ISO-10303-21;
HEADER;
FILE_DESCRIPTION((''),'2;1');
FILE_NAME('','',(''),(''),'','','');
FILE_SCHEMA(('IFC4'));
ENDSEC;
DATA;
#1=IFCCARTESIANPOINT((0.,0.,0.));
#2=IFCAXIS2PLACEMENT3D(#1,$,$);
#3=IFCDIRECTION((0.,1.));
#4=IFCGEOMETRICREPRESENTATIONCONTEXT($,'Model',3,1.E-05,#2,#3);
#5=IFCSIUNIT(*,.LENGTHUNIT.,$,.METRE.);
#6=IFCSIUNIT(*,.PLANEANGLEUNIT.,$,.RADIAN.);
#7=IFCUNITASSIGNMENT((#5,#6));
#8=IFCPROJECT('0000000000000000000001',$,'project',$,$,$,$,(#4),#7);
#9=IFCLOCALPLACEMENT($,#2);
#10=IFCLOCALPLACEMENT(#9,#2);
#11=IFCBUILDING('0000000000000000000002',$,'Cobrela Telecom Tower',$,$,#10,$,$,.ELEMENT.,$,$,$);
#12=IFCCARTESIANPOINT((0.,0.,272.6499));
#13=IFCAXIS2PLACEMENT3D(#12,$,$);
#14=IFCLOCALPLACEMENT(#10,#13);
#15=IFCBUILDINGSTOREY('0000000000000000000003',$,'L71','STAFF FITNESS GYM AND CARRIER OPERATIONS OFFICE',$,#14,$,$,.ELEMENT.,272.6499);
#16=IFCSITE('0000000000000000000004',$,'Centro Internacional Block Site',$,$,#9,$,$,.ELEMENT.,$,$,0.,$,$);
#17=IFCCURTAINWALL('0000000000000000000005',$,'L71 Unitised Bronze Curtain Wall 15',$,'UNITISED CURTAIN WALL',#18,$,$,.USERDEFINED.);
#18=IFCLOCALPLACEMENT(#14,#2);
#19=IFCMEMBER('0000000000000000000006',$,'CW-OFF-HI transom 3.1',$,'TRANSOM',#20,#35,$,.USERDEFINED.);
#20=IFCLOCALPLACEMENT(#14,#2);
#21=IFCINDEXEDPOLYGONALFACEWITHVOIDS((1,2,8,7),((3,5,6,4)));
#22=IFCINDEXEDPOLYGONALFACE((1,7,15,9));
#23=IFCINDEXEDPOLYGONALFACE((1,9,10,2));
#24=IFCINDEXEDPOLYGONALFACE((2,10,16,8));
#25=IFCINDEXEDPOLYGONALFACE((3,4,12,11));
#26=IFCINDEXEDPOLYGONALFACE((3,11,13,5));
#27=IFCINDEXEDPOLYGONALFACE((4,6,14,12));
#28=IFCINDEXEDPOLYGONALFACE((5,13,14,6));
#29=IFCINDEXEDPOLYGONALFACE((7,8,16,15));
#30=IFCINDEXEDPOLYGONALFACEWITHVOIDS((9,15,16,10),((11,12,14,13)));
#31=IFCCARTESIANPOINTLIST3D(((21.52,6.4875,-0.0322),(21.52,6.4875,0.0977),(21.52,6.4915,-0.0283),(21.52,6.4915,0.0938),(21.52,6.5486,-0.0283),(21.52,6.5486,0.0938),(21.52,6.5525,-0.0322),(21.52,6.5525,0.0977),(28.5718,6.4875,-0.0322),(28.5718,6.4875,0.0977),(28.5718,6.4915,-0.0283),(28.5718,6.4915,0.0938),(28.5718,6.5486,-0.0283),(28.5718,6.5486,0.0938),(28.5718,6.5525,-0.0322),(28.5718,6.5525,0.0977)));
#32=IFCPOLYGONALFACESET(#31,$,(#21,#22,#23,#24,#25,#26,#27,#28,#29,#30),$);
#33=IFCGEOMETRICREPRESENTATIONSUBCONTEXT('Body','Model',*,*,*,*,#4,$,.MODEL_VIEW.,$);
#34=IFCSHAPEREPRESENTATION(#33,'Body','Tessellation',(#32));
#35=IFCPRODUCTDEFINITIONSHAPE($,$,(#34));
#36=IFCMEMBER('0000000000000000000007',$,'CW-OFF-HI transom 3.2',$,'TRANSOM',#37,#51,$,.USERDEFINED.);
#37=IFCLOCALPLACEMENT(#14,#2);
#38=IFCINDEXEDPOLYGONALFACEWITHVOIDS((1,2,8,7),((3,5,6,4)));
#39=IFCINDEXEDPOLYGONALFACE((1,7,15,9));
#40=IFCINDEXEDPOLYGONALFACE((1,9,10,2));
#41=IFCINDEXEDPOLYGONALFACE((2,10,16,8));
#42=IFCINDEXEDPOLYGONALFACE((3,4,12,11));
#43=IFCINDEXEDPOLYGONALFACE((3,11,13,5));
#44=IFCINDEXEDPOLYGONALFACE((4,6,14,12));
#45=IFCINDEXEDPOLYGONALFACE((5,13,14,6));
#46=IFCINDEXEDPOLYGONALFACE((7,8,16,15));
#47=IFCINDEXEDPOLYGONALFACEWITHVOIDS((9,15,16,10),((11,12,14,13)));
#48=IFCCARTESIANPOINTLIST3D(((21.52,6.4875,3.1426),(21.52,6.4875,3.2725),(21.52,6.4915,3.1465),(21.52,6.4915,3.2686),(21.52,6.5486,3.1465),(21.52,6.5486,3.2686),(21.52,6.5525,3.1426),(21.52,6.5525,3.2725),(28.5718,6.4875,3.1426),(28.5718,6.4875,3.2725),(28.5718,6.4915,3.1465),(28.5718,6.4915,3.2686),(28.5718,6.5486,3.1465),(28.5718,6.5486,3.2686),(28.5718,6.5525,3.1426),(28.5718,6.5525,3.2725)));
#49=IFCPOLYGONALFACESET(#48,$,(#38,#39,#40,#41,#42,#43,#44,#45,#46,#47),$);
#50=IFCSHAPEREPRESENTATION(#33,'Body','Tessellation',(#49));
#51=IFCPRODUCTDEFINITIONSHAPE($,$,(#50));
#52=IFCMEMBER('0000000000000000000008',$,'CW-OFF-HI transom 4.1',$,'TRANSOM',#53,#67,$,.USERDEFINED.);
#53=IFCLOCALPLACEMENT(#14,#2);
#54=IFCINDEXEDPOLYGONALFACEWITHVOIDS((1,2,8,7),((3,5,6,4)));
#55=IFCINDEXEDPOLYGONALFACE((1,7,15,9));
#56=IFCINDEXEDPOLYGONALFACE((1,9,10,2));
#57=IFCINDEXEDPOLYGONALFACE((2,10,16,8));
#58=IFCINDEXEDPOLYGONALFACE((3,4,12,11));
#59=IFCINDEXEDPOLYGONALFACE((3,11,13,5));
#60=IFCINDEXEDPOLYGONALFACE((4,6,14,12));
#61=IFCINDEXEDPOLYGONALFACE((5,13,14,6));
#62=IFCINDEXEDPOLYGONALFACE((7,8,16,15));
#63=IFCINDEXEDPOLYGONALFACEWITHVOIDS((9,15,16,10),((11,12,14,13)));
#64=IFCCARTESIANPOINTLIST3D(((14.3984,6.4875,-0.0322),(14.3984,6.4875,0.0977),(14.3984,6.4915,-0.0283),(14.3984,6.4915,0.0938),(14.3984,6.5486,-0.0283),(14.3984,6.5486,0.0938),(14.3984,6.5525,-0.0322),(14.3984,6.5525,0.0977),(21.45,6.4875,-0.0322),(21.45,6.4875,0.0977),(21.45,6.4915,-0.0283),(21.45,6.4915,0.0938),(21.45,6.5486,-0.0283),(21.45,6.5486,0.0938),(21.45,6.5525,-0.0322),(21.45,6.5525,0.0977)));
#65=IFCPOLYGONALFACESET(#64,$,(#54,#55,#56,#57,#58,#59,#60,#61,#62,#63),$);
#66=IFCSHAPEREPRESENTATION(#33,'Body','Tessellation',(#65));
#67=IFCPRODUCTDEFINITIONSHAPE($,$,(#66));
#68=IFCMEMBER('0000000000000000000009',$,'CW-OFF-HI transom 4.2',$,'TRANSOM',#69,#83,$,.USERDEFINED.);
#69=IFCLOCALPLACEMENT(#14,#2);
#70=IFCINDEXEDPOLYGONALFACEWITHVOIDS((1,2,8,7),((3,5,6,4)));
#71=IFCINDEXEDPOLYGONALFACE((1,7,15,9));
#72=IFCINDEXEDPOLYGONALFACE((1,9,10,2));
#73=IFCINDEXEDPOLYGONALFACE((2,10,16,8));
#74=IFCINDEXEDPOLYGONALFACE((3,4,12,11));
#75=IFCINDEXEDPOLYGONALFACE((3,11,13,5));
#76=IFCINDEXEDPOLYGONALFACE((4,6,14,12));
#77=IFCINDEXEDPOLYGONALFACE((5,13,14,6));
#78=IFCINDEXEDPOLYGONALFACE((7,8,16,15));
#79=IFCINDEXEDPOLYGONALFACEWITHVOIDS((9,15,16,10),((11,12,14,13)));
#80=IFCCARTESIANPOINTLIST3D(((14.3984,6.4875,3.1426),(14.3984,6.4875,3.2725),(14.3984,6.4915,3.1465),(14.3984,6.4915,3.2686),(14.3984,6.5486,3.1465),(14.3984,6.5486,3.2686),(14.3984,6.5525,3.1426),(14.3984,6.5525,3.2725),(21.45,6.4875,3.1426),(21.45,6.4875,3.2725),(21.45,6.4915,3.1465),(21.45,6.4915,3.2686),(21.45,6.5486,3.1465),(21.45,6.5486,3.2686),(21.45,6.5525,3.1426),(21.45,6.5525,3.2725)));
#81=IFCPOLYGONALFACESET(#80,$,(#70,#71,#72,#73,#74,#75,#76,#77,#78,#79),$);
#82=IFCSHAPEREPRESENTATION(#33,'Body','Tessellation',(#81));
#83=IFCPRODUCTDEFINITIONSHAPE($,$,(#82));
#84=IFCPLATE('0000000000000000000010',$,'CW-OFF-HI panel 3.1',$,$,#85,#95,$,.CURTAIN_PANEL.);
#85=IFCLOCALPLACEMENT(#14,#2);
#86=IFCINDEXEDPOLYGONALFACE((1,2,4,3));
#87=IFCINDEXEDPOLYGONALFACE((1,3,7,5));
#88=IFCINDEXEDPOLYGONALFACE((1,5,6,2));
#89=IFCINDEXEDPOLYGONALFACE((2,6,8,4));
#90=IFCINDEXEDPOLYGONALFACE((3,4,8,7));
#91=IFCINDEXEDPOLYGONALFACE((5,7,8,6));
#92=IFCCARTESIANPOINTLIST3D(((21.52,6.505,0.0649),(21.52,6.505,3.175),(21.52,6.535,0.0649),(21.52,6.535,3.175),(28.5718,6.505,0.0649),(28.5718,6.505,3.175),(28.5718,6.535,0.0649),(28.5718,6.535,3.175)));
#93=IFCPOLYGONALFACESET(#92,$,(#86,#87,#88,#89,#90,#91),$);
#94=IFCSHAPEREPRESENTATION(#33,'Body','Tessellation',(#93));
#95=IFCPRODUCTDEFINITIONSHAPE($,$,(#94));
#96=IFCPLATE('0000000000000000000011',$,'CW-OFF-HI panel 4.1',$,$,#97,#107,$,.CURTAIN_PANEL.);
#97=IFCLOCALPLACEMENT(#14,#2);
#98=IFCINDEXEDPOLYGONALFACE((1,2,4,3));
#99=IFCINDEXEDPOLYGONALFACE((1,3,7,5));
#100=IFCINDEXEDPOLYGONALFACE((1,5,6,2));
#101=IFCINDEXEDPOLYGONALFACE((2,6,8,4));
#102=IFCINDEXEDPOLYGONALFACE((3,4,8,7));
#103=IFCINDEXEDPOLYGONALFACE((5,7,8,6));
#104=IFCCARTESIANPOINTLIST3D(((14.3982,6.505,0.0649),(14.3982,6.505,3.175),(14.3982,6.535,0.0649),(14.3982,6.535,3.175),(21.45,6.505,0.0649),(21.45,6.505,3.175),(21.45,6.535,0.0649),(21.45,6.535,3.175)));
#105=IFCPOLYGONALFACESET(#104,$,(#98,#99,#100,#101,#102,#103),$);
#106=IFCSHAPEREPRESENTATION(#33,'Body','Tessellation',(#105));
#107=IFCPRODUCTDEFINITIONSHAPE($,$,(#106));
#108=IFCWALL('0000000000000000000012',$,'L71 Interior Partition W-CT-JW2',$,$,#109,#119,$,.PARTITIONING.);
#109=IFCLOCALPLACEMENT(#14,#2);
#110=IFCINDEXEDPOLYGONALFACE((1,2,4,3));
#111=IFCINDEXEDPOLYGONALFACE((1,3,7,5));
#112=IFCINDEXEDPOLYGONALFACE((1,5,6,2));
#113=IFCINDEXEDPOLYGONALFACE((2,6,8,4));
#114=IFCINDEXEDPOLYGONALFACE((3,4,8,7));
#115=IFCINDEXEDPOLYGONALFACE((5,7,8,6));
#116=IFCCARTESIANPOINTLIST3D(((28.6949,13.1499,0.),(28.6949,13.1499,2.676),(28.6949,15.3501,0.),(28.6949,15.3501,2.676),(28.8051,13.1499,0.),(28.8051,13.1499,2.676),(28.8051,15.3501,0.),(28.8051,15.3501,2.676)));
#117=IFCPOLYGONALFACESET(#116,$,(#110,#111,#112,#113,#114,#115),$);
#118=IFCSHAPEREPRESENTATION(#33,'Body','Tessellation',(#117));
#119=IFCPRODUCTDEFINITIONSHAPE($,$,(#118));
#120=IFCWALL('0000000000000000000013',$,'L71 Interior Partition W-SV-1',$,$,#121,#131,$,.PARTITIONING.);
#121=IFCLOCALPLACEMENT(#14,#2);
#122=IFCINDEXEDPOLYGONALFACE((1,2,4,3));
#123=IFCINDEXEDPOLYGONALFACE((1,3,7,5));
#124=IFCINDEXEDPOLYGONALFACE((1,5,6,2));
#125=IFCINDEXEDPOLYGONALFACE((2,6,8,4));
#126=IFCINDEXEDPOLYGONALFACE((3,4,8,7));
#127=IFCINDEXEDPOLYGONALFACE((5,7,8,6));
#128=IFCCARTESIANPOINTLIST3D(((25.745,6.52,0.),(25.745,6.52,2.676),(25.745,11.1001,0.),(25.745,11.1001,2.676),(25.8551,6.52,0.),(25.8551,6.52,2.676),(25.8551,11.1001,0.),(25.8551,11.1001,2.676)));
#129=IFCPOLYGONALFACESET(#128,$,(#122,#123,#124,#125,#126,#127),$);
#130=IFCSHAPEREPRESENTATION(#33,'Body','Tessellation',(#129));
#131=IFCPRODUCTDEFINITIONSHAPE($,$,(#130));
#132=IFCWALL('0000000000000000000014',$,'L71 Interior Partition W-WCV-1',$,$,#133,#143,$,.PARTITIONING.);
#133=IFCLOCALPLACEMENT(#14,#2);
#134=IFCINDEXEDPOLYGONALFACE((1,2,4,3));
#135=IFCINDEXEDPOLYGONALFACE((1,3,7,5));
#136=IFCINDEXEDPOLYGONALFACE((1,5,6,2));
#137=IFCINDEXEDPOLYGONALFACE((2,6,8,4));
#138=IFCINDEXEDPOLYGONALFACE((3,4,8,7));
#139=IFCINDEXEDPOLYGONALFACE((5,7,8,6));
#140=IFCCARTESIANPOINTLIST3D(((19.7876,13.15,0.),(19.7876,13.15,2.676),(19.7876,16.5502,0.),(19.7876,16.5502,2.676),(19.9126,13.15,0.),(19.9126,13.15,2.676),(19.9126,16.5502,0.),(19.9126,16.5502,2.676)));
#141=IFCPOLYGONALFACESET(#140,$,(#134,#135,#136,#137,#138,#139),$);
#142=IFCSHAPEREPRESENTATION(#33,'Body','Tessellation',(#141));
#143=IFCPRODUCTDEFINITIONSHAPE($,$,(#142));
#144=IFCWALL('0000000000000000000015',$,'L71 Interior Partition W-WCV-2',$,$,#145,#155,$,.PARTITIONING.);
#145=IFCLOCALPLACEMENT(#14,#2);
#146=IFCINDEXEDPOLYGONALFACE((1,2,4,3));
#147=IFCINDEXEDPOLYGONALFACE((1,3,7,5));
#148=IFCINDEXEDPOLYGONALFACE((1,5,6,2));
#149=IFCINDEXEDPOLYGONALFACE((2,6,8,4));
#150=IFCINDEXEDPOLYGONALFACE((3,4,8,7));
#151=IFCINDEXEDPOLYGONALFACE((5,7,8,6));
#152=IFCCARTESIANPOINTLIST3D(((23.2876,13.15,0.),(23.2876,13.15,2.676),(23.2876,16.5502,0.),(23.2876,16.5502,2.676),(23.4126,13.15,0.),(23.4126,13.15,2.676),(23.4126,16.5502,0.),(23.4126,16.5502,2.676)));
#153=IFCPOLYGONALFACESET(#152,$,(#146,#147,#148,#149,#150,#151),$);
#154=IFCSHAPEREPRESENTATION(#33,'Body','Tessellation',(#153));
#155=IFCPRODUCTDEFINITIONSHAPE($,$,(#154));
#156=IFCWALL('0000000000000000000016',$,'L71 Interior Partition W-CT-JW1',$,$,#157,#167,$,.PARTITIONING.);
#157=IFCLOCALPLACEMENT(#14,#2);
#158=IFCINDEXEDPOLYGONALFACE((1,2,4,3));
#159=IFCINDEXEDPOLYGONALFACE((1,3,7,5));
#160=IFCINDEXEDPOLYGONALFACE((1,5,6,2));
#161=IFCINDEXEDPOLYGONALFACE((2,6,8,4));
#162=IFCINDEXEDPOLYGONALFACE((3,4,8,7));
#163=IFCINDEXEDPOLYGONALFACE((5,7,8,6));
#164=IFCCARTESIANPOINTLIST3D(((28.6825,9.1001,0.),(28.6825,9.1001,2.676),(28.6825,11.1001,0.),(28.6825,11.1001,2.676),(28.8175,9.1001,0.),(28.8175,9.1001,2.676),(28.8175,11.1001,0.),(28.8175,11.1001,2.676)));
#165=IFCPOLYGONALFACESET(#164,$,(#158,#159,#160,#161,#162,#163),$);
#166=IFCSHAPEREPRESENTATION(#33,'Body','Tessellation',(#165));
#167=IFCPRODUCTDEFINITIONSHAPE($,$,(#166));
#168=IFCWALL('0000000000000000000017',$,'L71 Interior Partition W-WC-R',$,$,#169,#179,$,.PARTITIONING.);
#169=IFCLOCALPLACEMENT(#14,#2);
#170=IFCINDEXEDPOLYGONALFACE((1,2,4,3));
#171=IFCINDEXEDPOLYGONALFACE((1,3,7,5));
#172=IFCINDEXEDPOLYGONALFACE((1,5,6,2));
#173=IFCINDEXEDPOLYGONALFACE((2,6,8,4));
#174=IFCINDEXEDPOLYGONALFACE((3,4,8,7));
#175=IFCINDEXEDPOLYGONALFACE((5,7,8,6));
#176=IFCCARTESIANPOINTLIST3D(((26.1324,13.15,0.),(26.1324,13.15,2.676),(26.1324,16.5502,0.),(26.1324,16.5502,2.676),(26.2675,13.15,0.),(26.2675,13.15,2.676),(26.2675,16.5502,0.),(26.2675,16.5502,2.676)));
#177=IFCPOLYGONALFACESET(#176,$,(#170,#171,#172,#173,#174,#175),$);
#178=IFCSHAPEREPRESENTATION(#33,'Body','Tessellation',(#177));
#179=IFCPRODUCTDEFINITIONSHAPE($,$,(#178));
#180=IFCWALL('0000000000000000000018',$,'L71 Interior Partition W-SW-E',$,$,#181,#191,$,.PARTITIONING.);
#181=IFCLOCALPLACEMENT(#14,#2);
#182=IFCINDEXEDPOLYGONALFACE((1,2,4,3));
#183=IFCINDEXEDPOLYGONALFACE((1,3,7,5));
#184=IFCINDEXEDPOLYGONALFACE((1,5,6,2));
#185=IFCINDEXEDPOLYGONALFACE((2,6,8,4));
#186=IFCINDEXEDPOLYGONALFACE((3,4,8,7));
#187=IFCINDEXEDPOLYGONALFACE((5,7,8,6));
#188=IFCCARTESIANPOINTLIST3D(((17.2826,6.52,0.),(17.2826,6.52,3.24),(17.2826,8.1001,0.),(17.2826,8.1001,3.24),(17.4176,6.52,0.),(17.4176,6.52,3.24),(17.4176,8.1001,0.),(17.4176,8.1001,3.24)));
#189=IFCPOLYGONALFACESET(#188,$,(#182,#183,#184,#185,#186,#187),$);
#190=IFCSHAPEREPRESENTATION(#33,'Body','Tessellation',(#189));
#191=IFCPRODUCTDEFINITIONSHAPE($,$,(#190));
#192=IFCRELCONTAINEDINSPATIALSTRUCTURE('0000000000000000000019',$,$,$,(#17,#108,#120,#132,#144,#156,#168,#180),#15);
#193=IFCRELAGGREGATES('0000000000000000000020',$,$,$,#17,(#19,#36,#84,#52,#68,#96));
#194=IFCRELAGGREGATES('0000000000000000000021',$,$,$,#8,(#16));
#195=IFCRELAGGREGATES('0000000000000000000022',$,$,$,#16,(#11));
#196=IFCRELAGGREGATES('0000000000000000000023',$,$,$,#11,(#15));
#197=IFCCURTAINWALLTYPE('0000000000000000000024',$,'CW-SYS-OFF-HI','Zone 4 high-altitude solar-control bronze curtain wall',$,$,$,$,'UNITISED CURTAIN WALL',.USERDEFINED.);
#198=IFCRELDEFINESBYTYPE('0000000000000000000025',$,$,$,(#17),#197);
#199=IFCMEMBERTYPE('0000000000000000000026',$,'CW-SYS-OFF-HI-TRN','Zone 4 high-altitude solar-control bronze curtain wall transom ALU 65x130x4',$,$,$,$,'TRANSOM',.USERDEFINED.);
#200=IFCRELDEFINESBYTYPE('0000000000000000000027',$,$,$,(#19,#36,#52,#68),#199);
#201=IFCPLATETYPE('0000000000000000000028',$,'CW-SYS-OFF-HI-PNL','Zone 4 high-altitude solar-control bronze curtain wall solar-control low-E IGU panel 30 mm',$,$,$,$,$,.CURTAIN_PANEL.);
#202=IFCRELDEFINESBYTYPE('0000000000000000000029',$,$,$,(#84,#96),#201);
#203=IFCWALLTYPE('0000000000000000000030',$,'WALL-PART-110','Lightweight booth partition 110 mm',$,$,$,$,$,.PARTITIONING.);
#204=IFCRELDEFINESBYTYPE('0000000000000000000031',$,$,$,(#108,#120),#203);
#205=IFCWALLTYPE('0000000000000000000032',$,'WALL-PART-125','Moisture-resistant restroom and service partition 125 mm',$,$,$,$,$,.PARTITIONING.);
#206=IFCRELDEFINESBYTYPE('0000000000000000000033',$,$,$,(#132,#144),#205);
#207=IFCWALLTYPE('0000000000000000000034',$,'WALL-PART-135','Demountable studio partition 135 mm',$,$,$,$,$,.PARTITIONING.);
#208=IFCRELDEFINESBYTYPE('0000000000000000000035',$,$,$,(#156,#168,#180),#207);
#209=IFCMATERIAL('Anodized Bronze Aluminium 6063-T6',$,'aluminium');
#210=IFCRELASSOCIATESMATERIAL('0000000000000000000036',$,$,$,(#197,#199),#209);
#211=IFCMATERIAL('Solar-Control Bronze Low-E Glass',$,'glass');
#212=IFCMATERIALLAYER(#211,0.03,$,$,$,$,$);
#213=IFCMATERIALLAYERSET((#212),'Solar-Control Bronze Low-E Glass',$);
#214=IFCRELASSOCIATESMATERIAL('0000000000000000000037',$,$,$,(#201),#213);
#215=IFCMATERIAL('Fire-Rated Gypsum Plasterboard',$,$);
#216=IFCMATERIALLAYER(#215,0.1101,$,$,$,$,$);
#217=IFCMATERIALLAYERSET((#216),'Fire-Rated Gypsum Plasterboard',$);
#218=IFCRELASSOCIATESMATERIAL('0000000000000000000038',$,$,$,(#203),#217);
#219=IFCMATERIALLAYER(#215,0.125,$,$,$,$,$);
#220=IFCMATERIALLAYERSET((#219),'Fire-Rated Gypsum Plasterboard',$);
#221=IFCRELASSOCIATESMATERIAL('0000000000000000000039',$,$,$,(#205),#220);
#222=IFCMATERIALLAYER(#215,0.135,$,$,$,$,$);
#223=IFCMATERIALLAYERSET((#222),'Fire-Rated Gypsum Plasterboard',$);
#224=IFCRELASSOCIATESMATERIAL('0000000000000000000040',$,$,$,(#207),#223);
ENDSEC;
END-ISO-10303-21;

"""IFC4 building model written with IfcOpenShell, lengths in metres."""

from ifc_helpers import new_model, si_unit, direction, frame, frame_2d, origin, origin_2d, place, context, subcontext, project, spatial, rectangle, hollow_rectangle, extrude, material, layer, layer_set, material_profile, profile_set, type_object, element, aggregate, save


model = new_model("IFC4")

# Units and contexts
model_context = context("Model", 3, precision=1e-05, world=origin(), true_north=direction((0.0, 1.0)))
body_context = subcontext(model_context, "Body", "Model", "MODEL_VIEW")
ifc_project = project(units=[si_unit("LENGTHUNIT", "METRE"), si_unit("PLANEANGLEUNIT", "RADIAN")], contexts=[model_context])

# Site, building, storey
site_placement = place(None, origin())
site = spatial("IfcSite", under=ifc_project, at=site_placement, Name="Centro Internacional Block Site", CompositionType="ELEMENT", RefElevation=0.0)
building_placement = place(site_placement, origin())
building = spatial("IfcBuilding", under=site, at=building_placement, Name="Cobrela Telecom Tower", CompositionType="ELEMENT")
storey_placement = place(building_placement, frame((0.0, 0.0, 272.6499)))
storey = spatial("IfcBuildingStorey", under=building, at=storey_placement, Name="L71", Description="STAFF FITNESS GYM AND CARRIER OPERATIONS OFFICE", CompositionType="ELEMENT", Elevation=272.6499)

# Curtain wall, members, plates
ifc_material_1 = material(Name="Anodized Bronze Aluminium 6063-T6", Category="aluminium")
curtain_wall_type = type_object("IfcCurtainWallType", Name="CW-SYS-OFF-HI", Description="Zone 4 high-altitude solar-control bronze curtain wall", ElementType="UNITISED CURTAIN WALL", PredefinedType="USERDEFINED", material=ifc_material_1)
curtain_wall_placement = place(storey_placement, origin())
curtain_wall = element("IfcCurtainWall", 1, at=curtain_wall_placement, inside=storey, type_object=curtain_wall_type, Name="L71 Unitised Bronze Curtain Wall 15", ObjectType="UNITISED CURTAIN WALL", PredefinedType="USERDEFINED")
ifc_material_profile_1 = material_profile(ifc_material_1, hollow_rectangle(XDim=0.0649, YDim=0.1299, WallThickness=0.0039, at=origin_2d()), Name="ALU 65x130x4")
ifc_profile_set_1 = profile_set([ifc_material_profile_1], Name="Anodized Bronze Aluminium 6063-T6")
member_type_1 = type_object("IfcMemberType", Name="CW-SYS-OFF-HI-TRN", Description="Zone 4 high-altitude solar-control bronze curtain wall transom ALU 65x130x4", ElementType="TRANSOM", PredefinedType="USERDEFINED", material=ifc_profile_set_1)
member_1_placement = place(storey_placement, frame((28.5718, 6.52, 0.0327), z_axis=(-1.0, 0.0, 0.0), x_axis=(0.0, -1.0, 0.0)))
member_1 = element("IfcMember", 2, at=member_1_placement, type_object=member_type_1, Name="CW-OFF-HI transom 3.1", ObjectType="TRANSOM", PredefinedType="USERDEFINED", context=body_context, shape_type="SweptSolid", body=[
    extrude(hollow_rectangle(XDim=0.0649, YDim=0.1299, WallThickness=0.0039, at=origin_2d()), origin(), (0.0, 0.0, 1.0), 7.0518),
])
member_2_placement = place(storey_placement, frame((28.5718, 6.52, 3.2075), z_axis=(-1.0, 0.0, 0.0), x_axis=(0.0, -1.0, 0.0)))
member_2 = element("IfcMember", 3, at=member_2_placement, type_object=member_type_1, Name="CW-OFF-HI transom 3.2", ObjectType="TRANSOM", PredefinedType="USERDEFINED", context=body_context, shape_type="SweptSolid", body=[
    extrude(hollow_rectangle(XDim=0.0649, YDim=0.1299, WallThickness=0.0039, at=origin_2d()), origin(), (0.0, 0.0, 1.0), 7.0518),
])
member_3_placement = place(storey_placement, frame((21.45, 6.52, 0.0327), z_axis=(-1.0, 0.0, 0.0), x_axis=(0.0, -1.0, 0.0)))
member_3 = element("IfcMember", 4, at=member_3_placement, type_object=member_type_1, Name="CW-OFF-HI transom 4.1", ObjectType="TRANSOM", PredefinedType="USERDEFINED", context=body_context, shape_type="SweptSolid", body=[
    extrude(hollow_rectangle(XDim=0.0649, YDim=0.1299, WallThickness=0.0039, at=origin_2d()), origin(), (0.0, 0.0, 1.0), 7.0515),
])
member_4_placement = place(storey_placement, frame((21.45, 6.52, 3.2075), z_axis=(-1.0, 0.0, 0.0), x_axis=(0.0, -1.0, 0.0)))
member_4 = element("IfcMember", 5, at=member_4_placement, type_object=member_type_1, Name="CW-OFF-HI transom 4.2", ObjectType="TRANSOM", PredefinedType="USERDEFINED", context=body_context, shape_type="SweptSolid", body=[
    extrude(hollow_rectangle(XDim=0.0649, YDim=0.1299, WallThickness=0.0039, at=origin_2d()), origin(), (0.0, 0.0, 1.0), 7.0515),
])
ifc_material_2 = material(Name="Solar-Control Bronze Low-E Glass", Category="glass")
ifc_layer_1 = layer(ifc_material_2, 0.03)
ifc_layer_set_1 = layer_set([ifc_layer_1], Name="Solar-Control Bronze Low-E Glass")
plate_type = type_object("IfcPlateType", Name="CW-SYS-OFF-HI-PNL", Description="Zone 4 high-altitude solar-control bronze curtain wall solar-control low-E IGU panel 30 mm", PredefinedType="CURTAIN_PANEL", material=ifc_layer_set_1)
plate_1_placement = place(storey_placement, frame((25.0459, 6.52, 0.0649), z_axis=(0.0, 0.0, 1.0), x_axis=(-1.0, 0.0, 0.0)))
plate_1 = element("IfcPlate", 6, at=plate_1_placement, type_object=plate_type, Name="CW-OFF-HI panel 3.1", PredefinedType="CURTAIN_PANEL", context=body_context, shape_type="SweptSolid", body=[
    extrude(rectangle(XDim=7.0518, YDim=0.03, at=origin_2d()), origin(), (0.0, 0.0, 1.0), 3.1101),
])
plate_2_placement = place(storey_placement, frame((17.9241, 6.52, 0.0649), z_axis=(0.0, 0.0, 1.0), x_axis=(-1.0, 0.0, 0.0)))
plate_2 = element("IfcPlate", 7, at=plate_2_placement, type_object=plate_type, Name="CW-OFF-HI panel 4.1", PredefinedType="CURTAIN_PANEL", context=body_context, shape_type="SweptSolid", body=[
    extrude(rectangle(XDim=7.0518, YDim=0.03, at=origin_2d()), origin(), (0.0, 0.0, 1.0), 3.1101),
])
aggregate(curtain_wall, [member_1, member_2, plate_1, member_3, member_4, plate_2])

# Shared definitions
ifc_material_3 = material(Name="Fire-Rated Gypsum Plasterboard")
ifc_layer_2 = layer(ifc_material_3, 0.1101)
ifc_layer_set_2 = layer_set([ifc_layer_2], Name="Fire-Rated Gypsum Plasterboard")
wall_type_1 = type_object("IfcWallType", Name="WALL-PART-110", Description="Lightweight booth partition 110 mm", PredefinedType="PARTITIONING", material=ifc_layer_set_2)

# Walls
wall_1_placement = place(storey_placement, frame((28.75, 13.1499, 0.0), z_axis=(0.0, 0.0, 1.0), x_axis=(0.0, 1.0, 0.0)))
element("IfcWall", 8, at=wall_1_placement, inside=storey, type_object=wall_type_1, Name="L71 Interior Partition W-CT-JW2", PredefinedType="PARTITIONING", context=body_context, shape_type="SweptSolid", body=[
    extrude(rectangle(XDim=2.2002, YDim=0.1101, at=frame_2d((1.1001, 0.0))), origin(), (0.0, 0.0, 1.0), 2.676),
])
wall_2_placement = place(storey_placement, frame((25.8, 6.52, 0.0), z_axis=(0.0, 0.0, 1.0), x_axis=(0.0, 1.0, 0.0)))
element("IfcWall", 9, at=wall_2_placement, inside=storey, type_object=wall_type_1, Name="L71 Interior Partition W-SV-1", PredefinedType="PARTITIONING", context=body_context, shape_type="SweptSolid", body=[
    extrude(rectangle(XDim=4.5801, YDim=0.1101, at=frame_2d((2.29, 0.0))), origin(), (0.0, 0.0, 1.0), 2.676),
])
ifc_layer_3 = layer(ifc_material_3, 0.125)
ifc_layer_set_3 = layer_set([ifc_layer_3], Name="Fire-Rated Gypsum Plasterboard")
wall_type_2 = type_object("IfcWallType", Name="WALL-PART-125", Description="Moisture-resistant restroom and service partition 125 mm", PredefinedType="PARTITIONING", material=ifc_layer_set_3)
for number, where, z_axis, x_axis, name in (
    (10, (19.8501, 13.1499, 0.0), (0.0, 0.0, 1.0), (0.0, 1.0, 0.0), "L71 Interior Partition W-WCV-1"),
    (11, (23.3501, 13.1499, 0.0), (0.0, 0.0, 1.0), (0.0, 1.0, 0.0), "L71 Interior Partition W-WCV-2"),
):
    element("IfcWall", number, at=place(storey_placement, frame(where, z_axis=z_axis, x_axis=x_axis)), inside=storey, type_object=wall_type_2, Name=name, PredefinedType="PARTITIONING", context=body_context, shape_type="SweptSolid", body=[
        extrude(rectangle(XDim=3.4001, YDim=0.125, at=frame_2d((1.7002, 0.0))), origin(), (0.0, 0.0, 1.0), 2.676),
    ])
ifc_layer_4 = layer(ifc_material_3, 0.135)
ifc_layer_set_4 = layer_set([ifc_layer_4], Name="Fire-Rated Gypsum Plasterboard")
wall_type_3 = type_object("IfcWallType", Name="WALL-PART-135", Description="Demountable studio partition 135 mm", PredefinedType="PARTITIONING", material=ifc_layer_set_4)
wall_3_placement = place(storey_placement, frame((28.75, 9.1001, 0.0), z_axis=(0.0, 0.0, 1.0), x_axis=(0.0, 1.0, 0.0)))
element("IfcWall", 12, at=wall_3_placement, inside=storey, type_object=wall_type_3, Name="L71 Interior Partition W-CT-JW1", PredefinedType="PARTITIONING", context=body_context, shape_type="SweptSolid", body=[
    extrude(rectangle(XDim=2.0, YDim=0.135, at=frame_2d((1.0, 0.0))), origin(), (0.0, 0.0, 1.0), 2.676),
])
wall_4_placement = place(storey_placement, frame((26.2, 13.1499, 0.0), z_axis=(0.0, 0.0, 1.0), x_axis=(0.0, 1.0, 0.0)))
element("IfcWall", 13, at=wall_4_placement, inside=storey, type_object=wall_type_3, Name="L71 Interior Partition W-WC-R", PredefinedType="PARTITIONING", context=body_context, shape_type="SweptSolid", body=[
    extrude(rectangle(XDim=3.4001, YDim=0.135, at=frame_2d((1.7002, 0.0))), origin(), (0.0, 0.0, 1.0), 2.676),
])
wall_5_placement = place(storey_placement, frame((17.3501, 6.52, 0.0), z_axis=(0.0, 0.0, 1.0), x_axis=(0.0, 1.0, 0.0)))
element("IfcWall", 14, at=wall_5_placement, inside=storey, type_object=wall_type_3, Name="L71 Interior Partition W-SW-E", PredefinedType="PARTITIONING", context=body_context, shape_type="SweptSolid", body=[
    extrude(rectangle(XDim=1.5801, YDim=0.135, at=frame_2d((0.79, 0.0))), origin(), (0.0, 0.0, 1.0), 3.24),
])

save(model, "model.ifc")
